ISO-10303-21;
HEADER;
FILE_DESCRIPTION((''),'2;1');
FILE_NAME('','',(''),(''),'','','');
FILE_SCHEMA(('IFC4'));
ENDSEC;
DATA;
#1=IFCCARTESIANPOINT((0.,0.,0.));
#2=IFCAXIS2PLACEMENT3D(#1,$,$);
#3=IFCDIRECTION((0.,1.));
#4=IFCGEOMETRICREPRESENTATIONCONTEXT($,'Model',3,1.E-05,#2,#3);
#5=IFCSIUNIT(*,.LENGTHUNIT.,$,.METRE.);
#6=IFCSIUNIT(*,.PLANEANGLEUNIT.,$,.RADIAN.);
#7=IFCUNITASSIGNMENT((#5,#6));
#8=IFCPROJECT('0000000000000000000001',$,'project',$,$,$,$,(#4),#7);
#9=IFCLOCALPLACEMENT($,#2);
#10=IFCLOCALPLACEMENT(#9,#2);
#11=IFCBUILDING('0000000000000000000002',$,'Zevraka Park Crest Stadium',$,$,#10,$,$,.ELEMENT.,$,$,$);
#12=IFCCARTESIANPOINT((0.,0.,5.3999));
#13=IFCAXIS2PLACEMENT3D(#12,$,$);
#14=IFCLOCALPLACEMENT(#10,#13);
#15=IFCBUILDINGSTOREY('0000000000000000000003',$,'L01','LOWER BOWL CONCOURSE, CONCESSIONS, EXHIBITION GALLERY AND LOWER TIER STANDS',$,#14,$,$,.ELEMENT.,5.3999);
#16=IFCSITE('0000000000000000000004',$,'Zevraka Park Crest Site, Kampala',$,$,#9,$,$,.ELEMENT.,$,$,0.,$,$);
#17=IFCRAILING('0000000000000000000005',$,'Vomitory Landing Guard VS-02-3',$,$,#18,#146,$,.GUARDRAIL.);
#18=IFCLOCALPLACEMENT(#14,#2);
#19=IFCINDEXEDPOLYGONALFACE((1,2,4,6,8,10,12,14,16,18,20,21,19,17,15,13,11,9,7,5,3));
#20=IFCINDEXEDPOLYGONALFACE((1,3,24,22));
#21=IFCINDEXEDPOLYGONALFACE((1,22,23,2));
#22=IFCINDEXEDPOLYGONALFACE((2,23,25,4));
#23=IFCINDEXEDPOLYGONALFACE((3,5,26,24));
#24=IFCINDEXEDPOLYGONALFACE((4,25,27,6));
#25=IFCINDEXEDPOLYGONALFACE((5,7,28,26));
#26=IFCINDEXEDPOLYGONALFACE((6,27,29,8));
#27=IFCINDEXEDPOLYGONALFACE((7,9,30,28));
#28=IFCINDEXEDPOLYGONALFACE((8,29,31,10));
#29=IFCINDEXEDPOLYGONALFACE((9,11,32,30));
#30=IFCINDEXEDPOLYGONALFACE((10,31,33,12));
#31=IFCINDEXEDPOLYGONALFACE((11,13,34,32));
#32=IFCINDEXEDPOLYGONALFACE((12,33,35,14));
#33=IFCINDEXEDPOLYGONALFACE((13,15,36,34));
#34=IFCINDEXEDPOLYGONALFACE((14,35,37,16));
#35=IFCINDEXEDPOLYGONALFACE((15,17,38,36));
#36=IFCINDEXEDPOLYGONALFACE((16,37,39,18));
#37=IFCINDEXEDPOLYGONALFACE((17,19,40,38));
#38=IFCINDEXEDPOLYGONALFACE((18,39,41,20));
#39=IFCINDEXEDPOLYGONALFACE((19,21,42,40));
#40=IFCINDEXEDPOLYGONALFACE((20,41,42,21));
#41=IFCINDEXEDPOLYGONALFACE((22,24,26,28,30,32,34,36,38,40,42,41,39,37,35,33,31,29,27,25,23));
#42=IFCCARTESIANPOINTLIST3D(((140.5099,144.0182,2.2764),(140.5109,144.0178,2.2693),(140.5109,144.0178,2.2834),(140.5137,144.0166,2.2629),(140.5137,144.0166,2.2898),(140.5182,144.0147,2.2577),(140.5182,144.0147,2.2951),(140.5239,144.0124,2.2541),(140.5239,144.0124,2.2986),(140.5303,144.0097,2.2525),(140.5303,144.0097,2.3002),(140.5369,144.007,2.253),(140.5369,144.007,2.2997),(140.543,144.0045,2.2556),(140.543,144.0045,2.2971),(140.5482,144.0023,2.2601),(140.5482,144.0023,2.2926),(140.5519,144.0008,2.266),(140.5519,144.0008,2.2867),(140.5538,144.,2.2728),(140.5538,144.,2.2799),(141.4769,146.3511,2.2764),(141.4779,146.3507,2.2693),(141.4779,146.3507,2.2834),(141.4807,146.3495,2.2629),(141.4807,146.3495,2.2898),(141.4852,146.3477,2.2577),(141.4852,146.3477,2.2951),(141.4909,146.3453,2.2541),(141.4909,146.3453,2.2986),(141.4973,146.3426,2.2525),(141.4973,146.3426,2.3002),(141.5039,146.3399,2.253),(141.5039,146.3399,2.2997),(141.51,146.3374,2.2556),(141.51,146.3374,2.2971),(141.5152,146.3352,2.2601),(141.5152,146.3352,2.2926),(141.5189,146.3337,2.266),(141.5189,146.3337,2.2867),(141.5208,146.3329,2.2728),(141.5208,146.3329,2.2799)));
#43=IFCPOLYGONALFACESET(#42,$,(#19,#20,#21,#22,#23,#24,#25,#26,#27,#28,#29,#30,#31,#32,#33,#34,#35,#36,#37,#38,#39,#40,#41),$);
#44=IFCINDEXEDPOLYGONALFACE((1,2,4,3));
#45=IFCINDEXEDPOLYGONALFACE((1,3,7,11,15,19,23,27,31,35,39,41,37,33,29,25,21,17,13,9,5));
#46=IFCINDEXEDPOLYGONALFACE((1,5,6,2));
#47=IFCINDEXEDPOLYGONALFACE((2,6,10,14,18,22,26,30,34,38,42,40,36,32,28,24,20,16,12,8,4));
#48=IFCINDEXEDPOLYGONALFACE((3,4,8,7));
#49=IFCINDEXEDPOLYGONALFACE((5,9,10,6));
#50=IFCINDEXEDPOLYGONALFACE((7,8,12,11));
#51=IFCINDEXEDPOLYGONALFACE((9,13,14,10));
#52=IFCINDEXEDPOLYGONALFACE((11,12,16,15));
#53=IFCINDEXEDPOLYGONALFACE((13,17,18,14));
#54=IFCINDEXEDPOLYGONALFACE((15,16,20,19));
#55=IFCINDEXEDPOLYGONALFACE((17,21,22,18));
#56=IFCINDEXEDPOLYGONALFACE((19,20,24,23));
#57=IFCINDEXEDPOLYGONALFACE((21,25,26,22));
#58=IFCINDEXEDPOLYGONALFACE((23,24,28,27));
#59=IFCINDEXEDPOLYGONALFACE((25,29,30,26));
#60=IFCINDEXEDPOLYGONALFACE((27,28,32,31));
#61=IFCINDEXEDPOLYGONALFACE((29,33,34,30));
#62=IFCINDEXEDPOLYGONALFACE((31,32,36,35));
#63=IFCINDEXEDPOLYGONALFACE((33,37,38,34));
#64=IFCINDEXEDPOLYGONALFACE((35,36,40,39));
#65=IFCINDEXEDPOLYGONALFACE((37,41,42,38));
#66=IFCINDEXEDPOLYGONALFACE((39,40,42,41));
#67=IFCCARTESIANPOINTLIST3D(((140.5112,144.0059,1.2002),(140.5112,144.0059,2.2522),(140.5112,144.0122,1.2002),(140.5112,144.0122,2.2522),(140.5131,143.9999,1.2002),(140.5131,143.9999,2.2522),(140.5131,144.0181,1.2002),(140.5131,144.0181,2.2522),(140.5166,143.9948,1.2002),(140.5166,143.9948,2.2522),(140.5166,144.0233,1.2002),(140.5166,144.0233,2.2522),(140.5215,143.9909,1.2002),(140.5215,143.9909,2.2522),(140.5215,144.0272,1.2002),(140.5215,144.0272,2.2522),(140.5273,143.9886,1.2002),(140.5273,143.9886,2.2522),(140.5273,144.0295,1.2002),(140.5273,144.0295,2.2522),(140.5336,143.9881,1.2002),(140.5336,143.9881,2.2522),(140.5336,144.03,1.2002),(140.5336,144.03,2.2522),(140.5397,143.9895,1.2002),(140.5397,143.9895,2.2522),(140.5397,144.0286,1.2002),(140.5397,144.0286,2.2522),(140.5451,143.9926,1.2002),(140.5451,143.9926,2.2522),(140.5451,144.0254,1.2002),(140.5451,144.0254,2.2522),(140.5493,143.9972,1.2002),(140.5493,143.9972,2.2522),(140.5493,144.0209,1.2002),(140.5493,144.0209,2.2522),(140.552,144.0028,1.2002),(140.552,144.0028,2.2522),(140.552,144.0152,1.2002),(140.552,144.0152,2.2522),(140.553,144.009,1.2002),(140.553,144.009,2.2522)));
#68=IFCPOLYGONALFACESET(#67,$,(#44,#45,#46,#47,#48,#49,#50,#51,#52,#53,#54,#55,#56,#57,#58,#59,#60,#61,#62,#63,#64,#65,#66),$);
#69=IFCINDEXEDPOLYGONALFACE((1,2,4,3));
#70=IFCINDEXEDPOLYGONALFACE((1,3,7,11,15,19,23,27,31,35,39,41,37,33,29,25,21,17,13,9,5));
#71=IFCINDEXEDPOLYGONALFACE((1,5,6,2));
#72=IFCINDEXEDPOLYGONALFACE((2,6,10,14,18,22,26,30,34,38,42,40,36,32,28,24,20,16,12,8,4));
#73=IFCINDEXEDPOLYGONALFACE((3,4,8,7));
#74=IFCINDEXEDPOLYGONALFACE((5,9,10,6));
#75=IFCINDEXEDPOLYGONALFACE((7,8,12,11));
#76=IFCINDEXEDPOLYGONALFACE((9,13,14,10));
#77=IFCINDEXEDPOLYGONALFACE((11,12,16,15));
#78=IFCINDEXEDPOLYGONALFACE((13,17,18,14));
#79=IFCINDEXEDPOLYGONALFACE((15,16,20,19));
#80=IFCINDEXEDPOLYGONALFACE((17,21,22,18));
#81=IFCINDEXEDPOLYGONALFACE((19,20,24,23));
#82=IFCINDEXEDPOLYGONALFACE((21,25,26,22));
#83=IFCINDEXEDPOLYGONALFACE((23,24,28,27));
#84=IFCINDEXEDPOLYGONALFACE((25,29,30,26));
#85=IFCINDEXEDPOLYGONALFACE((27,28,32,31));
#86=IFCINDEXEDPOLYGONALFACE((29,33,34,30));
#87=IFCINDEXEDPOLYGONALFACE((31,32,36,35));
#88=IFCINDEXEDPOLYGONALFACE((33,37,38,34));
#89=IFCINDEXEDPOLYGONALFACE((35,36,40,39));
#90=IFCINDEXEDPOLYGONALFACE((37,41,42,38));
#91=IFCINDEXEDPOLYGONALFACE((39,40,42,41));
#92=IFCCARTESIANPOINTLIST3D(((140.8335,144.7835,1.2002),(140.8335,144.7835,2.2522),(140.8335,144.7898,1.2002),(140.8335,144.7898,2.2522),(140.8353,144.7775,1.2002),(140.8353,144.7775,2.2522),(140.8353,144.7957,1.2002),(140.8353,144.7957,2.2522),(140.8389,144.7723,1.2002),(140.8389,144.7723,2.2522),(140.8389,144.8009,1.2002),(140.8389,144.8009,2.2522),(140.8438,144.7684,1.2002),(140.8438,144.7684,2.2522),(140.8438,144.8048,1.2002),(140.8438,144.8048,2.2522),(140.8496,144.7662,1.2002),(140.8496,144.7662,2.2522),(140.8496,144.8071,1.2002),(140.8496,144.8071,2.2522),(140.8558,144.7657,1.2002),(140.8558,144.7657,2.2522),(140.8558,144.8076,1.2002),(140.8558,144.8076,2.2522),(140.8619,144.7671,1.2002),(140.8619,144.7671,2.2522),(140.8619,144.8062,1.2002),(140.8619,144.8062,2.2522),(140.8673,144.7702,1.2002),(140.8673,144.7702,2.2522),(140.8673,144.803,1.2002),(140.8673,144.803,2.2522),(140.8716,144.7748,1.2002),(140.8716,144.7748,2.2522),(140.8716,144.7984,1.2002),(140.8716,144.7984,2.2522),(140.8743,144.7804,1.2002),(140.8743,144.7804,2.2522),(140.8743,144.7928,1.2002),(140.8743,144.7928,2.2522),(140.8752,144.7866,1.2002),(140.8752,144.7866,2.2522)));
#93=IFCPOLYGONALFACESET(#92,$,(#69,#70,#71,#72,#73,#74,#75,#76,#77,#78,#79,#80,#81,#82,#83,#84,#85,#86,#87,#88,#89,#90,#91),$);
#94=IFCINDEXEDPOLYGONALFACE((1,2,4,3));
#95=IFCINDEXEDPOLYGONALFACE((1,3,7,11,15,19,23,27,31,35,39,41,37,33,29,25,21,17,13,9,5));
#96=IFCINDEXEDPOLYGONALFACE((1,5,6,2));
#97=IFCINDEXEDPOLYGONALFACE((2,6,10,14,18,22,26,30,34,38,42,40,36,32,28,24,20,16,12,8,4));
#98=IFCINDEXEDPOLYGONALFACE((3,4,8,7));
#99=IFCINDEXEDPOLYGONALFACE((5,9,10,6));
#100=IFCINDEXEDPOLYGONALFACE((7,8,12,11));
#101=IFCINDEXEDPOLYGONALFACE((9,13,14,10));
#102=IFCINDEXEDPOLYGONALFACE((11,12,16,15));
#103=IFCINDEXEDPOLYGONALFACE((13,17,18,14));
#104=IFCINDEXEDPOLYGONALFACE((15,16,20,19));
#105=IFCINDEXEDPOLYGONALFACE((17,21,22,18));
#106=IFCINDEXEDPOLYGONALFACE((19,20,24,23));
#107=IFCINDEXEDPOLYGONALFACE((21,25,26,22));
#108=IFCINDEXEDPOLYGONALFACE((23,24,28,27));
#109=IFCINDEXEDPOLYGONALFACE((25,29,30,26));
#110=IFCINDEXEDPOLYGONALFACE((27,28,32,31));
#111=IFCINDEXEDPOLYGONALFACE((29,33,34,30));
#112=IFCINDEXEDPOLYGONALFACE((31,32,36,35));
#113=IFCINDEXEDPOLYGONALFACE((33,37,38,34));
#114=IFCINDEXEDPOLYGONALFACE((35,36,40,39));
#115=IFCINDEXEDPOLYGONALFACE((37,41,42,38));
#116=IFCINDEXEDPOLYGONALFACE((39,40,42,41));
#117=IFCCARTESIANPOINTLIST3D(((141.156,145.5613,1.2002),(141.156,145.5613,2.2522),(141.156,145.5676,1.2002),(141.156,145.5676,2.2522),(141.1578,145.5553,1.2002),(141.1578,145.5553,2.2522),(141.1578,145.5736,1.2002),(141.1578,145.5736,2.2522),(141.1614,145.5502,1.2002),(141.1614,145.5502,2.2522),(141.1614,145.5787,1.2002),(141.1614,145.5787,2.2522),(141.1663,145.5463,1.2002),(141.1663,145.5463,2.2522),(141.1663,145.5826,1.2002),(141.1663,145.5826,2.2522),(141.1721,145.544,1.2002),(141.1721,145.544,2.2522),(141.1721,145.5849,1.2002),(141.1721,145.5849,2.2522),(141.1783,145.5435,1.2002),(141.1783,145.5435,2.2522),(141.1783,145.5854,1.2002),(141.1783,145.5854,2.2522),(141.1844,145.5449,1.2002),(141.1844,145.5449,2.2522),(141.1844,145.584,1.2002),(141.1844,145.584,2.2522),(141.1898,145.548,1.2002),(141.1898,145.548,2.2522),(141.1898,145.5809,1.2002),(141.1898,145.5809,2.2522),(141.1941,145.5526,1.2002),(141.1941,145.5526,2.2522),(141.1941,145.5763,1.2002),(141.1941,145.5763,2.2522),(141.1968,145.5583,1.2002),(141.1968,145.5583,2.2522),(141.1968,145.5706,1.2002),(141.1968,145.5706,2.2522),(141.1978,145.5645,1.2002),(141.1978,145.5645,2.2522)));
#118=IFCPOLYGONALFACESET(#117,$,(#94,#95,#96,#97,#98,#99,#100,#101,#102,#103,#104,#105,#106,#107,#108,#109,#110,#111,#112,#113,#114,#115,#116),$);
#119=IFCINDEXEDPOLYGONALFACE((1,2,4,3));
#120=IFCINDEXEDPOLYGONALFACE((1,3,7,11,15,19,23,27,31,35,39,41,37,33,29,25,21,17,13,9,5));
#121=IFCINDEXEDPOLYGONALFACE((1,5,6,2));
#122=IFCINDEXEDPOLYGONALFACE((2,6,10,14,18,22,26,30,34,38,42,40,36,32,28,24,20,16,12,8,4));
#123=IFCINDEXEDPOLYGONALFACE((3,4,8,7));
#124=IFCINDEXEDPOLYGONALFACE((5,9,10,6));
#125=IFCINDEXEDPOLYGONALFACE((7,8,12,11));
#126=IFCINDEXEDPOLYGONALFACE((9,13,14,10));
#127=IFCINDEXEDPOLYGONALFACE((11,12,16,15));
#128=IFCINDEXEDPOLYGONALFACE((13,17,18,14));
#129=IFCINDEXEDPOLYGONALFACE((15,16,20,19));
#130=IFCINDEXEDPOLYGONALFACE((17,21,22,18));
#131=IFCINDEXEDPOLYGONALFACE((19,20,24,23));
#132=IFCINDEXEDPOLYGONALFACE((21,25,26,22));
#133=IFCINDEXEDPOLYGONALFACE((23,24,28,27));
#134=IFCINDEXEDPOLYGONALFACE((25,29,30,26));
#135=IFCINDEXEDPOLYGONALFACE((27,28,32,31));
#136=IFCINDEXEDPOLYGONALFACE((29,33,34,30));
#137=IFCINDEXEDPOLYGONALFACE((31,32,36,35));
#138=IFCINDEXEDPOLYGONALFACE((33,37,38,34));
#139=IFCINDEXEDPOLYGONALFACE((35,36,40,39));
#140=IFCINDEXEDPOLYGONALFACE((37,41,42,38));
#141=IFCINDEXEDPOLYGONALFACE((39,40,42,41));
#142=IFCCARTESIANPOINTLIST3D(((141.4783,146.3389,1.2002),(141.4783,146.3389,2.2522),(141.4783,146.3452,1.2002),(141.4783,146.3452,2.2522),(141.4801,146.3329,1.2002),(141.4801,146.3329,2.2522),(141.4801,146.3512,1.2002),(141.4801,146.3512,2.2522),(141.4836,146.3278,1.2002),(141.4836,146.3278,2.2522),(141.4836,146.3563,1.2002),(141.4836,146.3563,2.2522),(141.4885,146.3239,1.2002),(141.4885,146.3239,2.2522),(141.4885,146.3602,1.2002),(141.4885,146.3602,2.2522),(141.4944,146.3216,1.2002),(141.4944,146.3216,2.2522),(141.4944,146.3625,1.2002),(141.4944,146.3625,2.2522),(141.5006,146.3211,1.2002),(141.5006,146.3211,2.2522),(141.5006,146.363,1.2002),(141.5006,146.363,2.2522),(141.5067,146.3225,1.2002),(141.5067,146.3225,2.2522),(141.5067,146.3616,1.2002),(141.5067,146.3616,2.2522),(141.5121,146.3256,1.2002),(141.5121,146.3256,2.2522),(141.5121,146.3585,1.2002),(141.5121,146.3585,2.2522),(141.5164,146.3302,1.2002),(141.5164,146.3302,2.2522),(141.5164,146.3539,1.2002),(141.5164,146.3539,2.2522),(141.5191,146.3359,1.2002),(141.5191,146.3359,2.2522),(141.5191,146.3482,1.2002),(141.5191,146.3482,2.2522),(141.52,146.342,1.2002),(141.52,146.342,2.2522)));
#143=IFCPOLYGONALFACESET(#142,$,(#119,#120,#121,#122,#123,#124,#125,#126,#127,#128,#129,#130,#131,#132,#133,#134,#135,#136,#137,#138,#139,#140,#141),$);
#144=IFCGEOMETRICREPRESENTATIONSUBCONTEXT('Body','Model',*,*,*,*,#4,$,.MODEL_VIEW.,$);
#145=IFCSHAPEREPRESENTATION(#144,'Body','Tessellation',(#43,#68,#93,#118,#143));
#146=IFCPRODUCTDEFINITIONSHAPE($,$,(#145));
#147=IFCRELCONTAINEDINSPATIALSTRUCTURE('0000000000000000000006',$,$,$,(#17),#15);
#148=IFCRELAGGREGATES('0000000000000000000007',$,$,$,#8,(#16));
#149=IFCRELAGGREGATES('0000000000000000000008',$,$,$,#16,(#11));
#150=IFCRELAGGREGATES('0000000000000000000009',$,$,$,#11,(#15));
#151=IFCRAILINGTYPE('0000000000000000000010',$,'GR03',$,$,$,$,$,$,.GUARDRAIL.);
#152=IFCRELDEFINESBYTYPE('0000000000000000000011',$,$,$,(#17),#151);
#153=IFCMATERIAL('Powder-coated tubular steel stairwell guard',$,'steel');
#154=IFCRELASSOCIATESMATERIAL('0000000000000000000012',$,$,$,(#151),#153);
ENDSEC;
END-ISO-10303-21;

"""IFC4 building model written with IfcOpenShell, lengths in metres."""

from ifc_helpers import new_model, si_unit, direction, frame, origin, origin_2d, place, context, subcontext, project, spatial, circle, extrude, material, type_object, element, save


model = new_model("IFC4")

# Units and contexts
model_context = context("Model", 3, precision=1e-05, world=origin(), true_north=direction((0.0, 1.0)))
body_context = subcontext(model_context, "Body", "Model", "MODEL_VIEW")
ifc_project = project(units=[si_unit("LENGTHUNIT", "METRE"), si_unit("PLANEANGLEUNIT", "RADIAN")], contexts=[model_context])

# Site, building, storey
site_placement = place(None, origin())
site = spatial("IfcSite", under=ifc_project, at=site_placement, Name="Zevraka Park Crest Site, Kampala", CompositionType="ELEMENT", RefElevation=0.0)
building_placement = place(site_placement, origin())
building = spatial("IfcBuilding", under=site, at=building_placement, Name="Zevraka Park Crest Stadium", CompositionType="ELEMENT")
storey_placement = place(building_placement, frame((0.0, 0.0, 5.3999)))
storey = spatial("IfcBuildingStorey", under=building, at=storey_placement, Name="L01", Description="LOWER BOWL CONCOURSE, CONCESSIONS, EXHIBITION GALLERY AND LOWER TIER STANDS", CompositionType="ELEMENT", Elevation=5.3999)

# Railing
ifc_material_1 = material(Name="Powder-coated tubular steel stairwell guard", Category="steel")
railing_type_1 = type_object("IfcRailingType", Name="GR03", PredefinedType="GUARDRAIL", material=ifc_material_1)
railing_1_placement = place(storey_placement, frame((140.532, 144.009, 1.2002)))
element("IfcRailing", 1, at=railing_1_placement, inside=storey, type_object=railing_type_1, Name="Vomitory Landing Guard VS-02-3", PredefinedType="GUARDRAIL", context=body_context, shape_type="SweptSolid", body=[
    extrude(circle(Radius=0.0239, at=origin_2d()), frame((0.0, 0.0, 1.0762), z_axis=(0.382912, 0.923785, 0.0), x_axis=(-0.923785, 0.382912, 0.0)), (0.0, 0.0, 1.0), 2.5254),
    extrude(circle(Radius=0.021, at=origin_2d()), origin(), (0.0, 0.0, 1.0), 1.052),
    extrude(circle(Radius=0.021, at=origin_2d()), frame((0.3223, 0.7776, 0.0)), (0.0, 0.0, 1.0), 1.052),
    extrude(circle(Radius=0.021, at=origin_2d()), frame((0.6448, 1.5554, 0.0)), (0.0, 0.0, 1.0), 1.052),
    extrude(circle(Radius=0.021, at=origin_2d()), frame((0.967, 2.333, 0.0)), (0.0, 0.0, 1.0), 1.052),
])

save(model, "model.ifc")
